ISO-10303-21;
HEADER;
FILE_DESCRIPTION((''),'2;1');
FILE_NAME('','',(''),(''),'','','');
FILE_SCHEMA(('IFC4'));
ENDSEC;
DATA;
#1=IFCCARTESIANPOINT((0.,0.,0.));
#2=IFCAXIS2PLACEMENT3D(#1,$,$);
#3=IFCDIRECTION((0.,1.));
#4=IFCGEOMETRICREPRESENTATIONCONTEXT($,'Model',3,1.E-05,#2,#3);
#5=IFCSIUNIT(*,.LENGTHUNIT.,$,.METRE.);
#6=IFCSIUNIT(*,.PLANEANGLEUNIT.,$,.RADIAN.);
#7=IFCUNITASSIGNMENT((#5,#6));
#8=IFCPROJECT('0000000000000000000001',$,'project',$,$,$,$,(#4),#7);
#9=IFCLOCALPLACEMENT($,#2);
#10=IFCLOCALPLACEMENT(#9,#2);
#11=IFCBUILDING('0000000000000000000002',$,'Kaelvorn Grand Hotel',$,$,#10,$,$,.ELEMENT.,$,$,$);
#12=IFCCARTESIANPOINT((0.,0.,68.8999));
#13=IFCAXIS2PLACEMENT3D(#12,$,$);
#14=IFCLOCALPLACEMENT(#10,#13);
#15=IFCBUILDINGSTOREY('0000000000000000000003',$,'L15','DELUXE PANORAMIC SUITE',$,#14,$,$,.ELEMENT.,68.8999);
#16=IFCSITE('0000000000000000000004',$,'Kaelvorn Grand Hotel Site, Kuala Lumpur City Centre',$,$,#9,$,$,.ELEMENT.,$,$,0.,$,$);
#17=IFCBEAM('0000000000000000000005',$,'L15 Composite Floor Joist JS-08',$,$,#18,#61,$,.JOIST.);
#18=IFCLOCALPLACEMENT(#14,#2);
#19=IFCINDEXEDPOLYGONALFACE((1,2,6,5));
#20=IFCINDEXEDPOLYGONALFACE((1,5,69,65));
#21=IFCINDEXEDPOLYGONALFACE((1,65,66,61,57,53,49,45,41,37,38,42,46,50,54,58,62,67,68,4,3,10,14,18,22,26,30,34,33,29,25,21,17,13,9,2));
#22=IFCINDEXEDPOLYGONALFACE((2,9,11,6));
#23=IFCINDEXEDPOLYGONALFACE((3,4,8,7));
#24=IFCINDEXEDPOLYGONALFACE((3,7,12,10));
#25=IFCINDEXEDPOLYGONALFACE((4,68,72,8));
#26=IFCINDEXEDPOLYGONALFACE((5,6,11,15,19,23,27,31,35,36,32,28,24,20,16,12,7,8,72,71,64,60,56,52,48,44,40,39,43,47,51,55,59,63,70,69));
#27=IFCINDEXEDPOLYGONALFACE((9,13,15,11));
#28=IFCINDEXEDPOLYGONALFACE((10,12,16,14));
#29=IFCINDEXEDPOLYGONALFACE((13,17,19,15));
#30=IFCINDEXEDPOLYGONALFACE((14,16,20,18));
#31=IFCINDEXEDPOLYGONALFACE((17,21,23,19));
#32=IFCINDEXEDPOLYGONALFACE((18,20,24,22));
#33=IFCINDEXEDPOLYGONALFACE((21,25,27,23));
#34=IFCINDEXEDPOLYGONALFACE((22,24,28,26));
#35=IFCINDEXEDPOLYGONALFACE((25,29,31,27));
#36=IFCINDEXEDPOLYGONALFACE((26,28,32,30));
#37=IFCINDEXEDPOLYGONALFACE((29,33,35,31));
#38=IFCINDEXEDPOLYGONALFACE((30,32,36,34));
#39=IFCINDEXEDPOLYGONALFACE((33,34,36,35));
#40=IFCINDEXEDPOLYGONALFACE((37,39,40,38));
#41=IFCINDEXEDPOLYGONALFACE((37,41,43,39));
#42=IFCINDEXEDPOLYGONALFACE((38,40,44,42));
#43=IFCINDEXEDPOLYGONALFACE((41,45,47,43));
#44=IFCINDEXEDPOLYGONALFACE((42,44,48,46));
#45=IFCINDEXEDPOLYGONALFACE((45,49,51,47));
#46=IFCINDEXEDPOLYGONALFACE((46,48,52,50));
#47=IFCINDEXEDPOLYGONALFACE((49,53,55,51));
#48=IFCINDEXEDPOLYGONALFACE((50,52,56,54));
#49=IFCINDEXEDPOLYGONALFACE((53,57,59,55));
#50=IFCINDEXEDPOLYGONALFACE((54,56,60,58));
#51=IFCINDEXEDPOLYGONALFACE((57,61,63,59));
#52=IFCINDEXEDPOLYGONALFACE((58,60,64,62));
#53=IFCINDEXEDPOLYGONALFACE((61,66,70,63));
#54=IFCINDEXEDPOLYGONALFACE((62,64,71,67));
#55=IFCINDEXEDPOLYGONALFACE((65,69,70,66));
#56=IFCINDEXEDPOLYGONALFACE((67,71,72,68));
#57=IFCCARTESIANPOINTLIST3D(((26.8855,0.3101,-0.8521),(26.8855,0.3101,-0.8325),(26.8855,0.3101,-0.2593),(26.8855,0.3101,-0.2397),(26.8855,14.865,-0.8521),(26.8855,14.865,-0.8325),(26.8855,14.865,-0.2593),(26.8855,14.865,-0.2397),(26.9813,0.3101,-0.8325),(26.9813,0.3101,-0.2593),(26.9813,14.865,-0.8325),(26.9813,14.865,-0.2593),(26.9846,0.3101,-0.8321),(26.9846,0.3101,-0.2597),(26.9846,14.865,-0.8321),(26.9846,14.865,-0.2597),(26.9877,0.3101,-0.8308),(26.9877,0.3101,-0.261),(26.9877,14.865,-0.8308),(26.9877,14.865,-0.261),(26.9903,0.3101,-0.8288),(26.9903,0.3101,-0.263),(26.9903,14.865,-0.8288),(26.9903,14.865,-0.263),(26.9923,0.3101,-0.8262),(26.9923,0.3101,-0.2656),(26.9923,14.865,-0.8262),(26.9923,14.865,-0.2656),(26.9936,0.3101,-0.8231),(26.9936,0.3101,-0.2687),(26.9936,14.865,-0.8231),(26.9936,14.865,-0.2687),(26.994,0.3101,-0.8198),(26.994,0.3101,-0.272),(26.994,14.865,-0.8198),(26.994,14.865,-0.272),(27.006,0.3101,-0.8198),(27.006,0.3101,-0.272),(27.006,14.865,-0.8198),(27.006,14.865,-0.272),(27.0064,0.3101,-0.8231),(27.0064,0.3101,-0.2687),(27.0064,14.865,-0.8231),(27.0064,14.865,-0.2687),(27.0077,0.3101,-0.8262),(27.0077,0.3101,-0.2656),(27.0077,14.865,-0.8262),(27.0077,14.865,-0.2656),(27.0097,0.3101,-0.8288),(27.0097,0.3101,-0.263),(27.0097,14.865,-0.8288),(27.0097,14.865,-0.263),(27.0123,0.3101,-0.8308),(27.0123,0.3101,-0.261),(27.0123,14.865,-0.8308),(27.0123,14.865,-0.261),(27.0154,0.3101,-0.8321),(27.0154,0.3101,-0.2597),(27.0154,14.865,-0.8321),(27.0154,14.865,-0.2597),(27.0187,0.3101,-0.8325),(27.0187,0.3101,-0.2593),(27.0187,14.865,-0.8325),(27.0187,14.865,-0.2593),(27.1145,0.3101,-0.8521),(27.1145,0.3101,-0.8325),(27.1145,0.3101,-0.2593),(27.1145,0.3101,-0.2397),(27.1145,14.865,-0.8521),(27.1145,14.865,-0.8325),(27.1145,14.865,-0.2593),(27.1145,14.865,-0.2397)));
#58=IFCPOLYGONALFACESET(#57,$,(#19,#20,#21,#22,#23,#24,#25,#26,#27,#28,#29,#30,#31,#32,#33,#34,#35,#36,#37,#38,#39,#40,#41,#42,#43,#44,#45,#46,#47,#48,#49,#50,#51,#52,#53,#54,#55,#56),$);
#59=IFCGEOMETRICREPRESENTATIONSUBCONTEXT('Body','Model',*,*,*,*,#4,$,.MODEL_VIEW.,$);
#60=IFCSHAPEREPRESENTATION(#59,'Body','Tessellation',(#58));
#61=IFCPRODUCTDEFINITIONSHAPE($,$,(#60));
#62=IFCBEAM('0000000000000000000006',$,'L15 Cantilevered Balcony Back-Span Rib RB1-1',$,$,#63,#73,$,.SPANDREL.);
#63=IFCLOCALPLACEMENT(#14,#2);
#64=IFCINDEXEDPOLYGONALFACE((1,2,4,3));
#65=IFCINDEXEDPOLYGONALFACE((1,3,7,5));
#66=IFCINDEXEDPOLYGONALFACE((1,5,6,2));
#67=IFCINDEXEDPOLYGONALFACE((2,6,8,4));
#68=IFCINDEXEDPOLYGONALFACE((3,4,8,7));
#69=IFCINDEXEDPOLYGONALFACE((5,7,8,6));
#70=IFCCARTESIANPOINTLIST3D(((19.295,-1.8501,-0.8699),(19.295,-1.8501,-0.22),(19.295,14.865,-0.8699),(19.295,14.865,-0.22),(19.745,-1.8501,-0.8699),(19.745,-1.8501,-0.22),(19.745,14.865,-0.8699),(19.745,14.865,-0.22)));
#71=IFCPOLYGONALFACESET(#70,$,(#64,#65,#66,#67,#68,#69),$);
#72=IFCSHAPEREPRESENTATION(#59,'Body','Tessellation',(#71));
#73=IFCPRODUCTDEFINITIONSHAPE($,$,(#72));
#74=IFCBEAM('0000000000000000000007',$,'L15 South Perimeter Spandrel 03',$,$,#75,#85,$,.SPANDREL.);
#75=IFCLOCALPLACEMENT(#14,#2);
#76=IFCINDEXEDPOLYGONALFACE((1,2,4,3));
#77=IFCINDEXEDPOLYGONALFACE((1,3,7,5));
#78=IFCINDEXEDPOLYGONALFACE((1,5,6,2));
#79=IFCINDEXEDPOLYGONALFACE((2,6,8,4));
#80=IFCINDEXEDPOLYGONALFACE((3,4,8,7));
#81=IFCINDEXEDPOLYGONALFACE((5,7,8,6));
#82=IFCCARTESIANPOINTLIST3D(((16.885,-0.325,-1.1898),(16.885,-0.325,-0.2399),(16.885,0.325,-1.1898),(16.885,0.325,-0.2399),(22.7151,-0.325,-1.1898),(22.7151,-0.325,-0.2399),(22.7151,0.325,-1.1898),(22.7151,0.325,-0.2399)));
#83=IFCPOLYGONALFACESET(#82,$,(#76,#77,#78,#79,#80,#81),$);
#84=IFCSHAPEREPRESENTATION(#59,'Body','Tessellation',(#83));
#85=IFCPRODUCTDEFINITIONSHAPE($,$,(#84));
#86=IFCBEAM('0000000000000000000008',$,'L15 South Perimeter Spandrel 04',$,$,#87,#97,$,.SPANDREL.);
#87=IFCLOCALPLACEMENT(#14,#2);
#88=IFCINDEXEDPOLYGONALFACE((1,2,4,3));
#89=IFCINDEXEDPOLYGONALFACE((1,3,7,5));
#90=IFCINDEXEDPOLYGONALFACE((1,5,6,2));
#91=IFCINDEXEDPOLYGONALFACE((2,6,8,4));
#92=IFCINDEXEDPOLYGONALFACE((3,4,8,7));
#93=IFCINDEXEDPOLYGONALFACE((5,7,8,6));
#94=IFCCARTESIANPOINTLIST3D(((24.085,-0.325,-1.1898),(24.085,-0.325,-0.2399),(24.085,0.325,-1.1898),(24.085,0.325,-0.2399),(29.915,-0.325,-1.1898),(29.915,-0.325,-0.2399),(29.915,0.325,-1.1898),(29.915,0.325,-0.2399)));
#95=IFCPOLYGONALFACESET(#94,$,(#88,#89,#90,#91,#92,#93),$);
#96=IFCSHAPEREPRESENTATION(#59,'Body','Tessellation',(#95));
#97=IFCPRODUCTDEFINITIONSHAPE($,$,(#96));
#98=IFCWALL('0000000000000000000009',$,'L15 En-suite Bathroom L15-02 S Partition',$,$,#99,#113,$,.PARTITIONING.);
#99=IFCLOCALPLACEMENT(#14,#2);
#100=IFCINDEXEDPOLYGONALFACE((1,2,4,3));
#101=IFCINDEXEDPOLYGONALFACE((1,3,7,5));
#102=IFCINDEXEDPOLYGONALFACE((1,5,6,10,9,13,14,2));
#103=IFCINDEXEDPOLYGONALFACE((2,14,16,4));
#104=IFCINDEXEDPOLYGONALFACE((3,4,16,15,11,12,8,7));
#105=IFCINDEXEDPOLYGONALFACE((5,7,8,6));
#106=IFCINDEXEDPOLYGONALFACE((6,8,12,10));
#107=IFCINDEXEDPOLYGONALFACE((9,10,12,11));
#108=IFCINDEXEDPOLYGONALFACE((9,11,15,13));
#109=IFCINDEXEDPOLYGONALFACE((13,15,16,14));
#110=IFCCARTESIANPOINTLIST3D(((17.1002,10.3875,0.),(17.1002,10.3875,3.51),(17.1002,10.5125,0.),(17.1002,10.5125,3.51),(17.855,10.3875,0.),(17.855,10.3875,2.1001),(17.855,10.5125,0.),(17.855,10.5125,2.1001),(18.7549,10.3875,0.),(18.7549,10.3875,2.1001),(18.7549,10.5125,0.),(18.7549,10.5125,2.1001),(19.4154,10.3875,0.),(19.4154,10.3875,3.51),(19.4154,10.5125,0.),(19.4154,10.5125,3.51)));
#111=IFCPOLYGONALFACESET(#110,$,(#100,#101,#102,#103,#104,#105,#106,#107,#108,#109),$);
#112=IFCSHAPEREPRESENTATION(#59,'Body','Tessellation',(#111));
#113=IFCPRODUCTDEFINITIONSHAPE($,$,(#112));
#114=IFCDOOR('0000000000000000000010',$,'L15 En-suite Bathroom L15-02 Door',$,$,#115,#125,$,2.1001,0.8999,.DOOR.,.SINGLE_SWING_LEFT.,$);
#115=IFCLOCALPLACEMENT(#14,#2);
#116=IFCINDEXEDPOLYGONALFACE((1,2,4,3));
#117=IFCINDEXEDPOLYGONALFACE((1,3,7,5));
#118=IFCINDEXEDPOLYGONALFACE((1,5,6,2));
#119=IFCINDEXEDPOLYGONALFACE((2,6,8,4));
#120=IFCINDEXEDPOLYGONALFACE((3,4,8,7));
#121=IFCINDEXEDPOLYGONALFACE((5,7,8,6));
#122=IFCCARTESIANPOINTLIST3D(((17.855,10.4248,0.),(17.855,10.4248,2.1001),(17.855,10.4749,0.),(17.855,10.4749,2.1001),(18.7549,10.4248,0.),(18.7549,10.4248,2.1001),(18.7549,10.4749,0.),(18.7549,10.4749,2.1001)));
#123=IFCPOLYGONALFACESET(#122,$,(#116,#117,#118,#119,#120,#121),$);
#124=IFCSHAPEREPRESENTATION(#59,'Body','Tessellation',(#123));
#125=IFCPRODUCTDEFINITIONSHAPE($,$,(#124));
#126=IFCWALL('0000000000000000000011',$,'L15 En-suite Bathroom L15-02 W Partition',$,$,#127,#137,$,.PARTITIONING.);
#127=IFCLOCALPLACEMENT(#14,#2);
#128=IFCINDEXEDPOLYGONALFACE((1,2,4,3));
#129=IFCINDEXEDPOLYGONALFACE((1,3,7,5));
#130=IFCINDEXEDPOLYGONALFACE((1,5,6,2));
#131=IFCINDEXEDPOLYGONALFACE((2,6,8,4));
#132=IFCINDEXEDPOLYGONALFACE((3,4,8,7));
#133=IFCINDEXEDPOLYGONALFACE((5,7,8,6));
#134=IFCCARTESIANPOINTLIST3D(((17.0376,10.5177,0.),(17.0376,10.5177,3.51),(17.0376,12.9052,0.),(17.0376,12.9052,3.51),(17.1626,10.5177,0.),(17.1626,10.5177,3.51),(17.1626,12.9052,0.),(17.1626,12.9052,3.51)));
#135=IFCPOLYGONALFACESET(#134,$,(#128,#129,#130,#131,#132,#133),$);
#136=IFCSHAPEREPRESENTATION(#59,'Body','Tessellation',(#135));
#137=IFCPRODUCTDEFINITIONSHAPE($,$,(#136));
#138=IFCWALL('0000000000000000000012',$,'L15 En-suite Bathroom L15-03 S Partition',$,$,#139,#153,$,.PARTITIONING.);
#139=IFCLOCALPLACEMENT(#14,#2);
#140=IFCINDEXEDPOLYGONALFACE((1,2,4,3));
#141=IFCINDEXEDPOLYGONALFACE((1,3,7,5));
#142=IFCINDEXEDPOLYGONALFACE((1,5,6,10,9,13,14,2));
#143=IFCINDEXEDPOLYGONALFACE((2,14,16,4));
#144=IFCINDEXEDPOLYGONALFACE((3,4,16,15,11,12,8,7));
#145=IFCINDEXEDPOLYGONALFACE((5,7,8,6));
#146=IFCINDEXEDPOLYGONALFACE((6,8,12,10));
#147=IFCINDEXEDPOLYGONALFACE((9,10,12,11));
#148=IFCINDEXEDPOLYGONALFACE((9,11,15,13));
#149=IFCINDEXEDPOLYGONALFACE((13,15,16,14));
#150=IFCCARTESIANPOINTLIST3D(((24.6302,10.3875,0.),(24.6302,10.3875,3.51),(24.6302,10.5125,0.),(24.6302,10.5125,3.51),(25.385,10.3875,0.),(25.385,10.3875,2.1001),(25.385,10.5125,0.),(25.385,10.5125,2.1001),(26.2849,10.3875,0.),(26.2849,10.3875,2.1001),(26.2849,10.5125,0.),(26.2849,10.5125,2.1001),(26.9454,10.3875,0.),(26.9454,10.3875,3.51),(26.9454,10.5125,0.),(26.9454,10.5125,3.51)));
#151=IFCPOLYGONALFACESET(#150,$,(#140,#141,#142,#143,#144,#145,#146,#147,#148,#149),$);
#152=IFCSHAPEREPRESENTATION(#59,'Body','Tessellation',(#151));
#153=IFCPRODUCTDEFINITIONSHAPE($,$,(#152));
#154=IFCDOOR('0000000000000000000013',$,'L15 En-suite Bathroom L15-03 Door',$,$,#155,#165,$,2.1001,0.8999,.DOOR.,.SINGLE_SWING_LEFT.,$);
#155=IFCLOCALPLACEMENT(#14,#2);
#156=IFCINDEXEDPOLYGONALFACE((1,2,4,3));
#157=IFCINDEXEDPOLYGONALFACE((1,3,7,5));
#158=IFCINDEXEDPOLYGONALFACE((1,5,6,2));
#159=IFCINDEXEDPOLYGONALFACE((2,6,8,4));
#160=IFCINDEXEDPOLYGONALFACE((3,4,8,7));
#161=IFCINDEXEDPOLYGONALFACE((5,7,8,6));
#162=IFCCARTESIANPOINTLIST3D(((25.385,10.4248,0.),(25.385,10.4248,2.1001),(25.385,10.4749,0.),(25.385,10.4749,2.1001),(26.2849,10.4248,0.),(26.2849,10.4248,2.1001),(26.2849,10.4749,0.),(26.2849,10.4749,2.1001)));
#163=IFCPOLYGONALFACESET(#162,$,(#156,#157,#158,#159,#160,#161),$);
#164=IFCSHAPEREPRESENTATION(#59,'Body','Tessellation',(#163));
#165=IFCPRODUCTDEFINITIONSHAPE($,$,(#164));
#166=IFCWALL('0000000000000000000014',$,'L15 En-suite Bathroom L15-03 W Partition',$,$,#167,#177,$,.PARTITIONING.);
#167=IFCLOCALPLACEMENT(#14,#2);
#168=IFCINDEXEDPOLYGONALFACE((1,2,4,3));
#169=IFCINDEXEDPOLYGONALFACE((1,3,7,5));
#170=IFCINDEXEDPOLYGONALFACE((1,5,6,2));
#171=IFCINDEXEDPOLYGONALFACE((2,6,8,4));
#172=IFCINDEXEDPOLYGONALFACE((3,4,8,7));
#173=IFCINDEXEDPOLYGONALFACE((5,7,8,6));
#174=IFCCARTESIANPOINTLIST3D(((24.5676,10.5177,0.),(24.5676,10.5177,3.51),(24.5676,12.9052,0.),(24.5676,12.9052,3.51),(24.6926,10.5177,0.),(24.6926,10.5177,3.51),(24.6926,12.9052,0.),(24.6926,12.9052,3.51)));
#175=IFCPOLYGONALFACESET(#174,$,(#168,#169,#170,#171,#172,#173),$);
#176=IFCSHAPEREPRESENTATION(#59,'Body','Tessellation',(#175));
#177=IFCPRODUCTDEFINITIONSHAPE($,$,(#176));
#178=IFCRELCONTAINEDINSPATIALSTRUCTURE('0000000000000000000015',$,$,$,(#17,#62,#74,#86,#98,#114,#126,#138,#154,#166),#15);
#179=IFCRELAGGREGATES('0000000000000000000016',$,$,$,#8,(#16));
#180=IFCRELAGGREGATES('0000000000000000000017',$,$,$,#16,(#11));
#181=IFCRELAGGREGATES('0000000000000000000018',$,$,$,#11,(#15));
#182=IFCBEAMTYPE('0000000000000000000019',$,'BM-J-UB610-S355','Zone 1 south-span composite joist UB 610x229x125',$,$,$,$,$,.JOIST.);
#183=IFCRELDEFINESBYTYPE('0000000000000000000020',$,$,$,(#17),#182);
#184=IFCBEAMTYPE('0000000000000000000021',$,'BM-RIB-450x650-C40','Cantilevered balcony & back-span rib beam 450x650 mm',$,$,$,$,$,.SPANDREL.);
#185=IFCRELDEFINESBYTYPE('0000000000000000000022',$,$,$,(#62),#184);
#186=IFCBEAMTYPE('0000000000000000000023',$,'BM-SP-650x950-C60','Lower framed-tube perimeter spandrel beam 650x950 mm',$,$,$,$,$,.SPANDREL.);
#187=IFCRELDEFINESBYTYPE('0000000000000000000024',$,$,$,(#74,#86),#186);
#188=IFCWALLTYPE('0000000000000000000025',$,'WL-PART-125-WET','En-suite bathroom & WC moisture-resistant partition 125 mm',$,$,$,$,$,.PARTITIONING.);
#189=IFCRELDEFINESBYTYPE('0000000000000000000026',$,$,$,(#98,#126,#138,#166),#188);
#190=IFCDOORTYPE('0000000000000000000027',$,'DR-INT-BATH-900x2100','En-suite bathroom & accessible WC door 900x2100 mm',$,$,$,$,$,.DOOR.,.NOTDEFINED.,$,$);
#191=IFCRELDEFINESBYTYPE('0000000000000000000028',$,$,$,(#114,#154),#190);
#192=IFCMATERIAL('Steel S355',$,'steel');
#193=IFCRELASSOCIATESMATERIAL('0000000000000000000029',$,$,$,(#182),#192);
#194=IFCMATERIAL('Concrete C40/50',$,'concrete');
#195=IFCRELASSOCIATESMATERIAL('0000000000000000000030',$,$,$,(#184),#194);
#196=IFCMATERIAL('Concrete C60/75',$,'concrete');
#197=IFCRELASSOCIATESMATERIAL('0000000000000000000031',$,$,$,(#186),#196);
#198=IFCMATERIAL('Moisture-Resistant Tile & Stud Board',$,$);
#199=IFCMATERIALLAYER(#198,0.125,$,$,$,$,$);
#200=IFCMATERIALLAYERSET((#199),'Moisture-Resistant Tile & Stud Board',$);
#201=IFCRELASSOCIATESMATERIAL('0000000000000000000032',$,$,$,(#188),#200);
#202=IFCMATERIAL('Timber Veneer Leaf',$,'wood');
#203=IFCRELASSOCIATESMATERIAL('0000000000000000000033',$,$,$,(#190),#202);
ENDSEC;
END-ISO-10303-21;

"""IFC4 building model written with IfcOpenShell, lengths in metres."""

from ifc_helpers import new_model, si_unit, direction, frame, frame_2d, origin, origin_2d, place, context, subcontext, project, spatial, rectangle, i_section, extrude, material, layer, layer_set, material_profile, profile_set, type_object, element, fill, save


model = new_model("IFC4")

# Units and contexts
model_context = context("Model", 3, precision=1e-05, world=origin(), true_north=direction((0.0, 1.0)))
body_context = subcontext(model_context, "Body", "Model", "MODEL_VIEW")
ifc_project = project(units=[si_unit("LENGTHUNIT", "METRE"), si_unit("PLANEANGLEUNIT", "RADIAN")], contexts=[model_context])

# Site, building, storey
site_placement = place(None, origin())
site = spatial("IfcSite", under=ifc_project, at=site_placement, Name="Kaelvorn Grand Hotel Site, Kuala Lumpur City Centre", CompositionType="ELEMENT", RefElevation=0.0)
building_placement = place(site_placement, origin())
building = spatial("IfcBuilding", under=site, at=building_placement, Name="Kaelvorn Grand Hotel", CompositionType="ELEMENT")
storey_placement = place(building_placement, frame((0.0, 0.0, 68.8999)))
storey = spatial("IfcBuildingStorey", under=building, at=storey_placement, Name="L15", Description="DELUXE PANORAMIC SUITE", CompositionType="ELEMENT", Elevation=68.8999)

# Beams
ifc_material_1 = material(Name="Steel S355", Category="steel")
ifc_material_profile_1 = material_profile(ifc_material_1, i_section(OverallWidth=0.229, OverallDepth=0.6123, WebThickness=0.012, FlangeThickness=0.0195, FilletRadius=0.0127, at=origin_2d()), Name="UB 610x229x125")
ifc_profile_set_1 = profile_set([ifc_material_profile_1], Name="Steel S355")
beam_type_1 = type_object("IfcBeamType", Name="BM-J-UB610-S355", Description="Zone 1 south-span composite joist UB 610x229x125", PredefinedType="JOIST", material=ifc_profile_set_1)
beam_1_placement = place(storey_placement, frame((27.0, 0.3101, -0.5459), z_axis=(0.0, 1.0, 0.0), x_axis=(-1.0, 0.0, 0.0)))
element("IfcBeam", 1, at=beam_1_placement, inside=storey, type_object=beam_type_1, Name="L15 Composite Floor Joist JS-08", PredefinedType="JOIST", context=body_context, shape_type="SweptSolid", body=[
    extrude(i_section(OverallWidth=0.229, OverallDepth=0.6123, WebThickness=0.012, FlangeThickness=0.0195, FilletRadius=0.0127, at=origin_2d()), origin(), (0.0, 0.0, 1.0), 14.5549),
])
ifc_material_2 = material(Name="Concrete C40/50", Category="concrete")
ifc_material_profile_2 = material_profile(ifc_material_2, rectangle(XDim=0.45, YDim=0.6499, at=origin_2d()), Name="RC RIB 450x650")
ifc_profile_set_2 = profile_set([ifc_material_profile_2], Name="Concrete C40/50")
beam_type_2 = type_object("IfcBeamType", Name="BM-RIB-450x650-C40", Description="Cantilevered balcony & back-span rib beam 450x650 mm", PredefinedType="SPANDREL", material=ifc_profile_set_2)
beam_2_placement = place(storey_placement, frame((19.52, -1.8501, -0.5449), z_axis=(0.0, 1.0, 0.0), x_axis=(-1.0, 0.0, 0.0)))
element("IfcBeam", 2, at=beam_2_placement, inside=storey, type_object=beam_type_2, Name="L15 Cantilevered Balcony Back-Span Rib RB1-1", PredefinedType="SPANDREL", context=body_context, shape_type="SweptSolid", body=[
    extrude(rectangle(XDim=0.45, YDim=0.6499, at=origin_2d()), origin(), (0.0, 0.0, 1.0), 16.7151),
])
ifc_material_3 = material(Name="Concrete C60/75", Category="concrete")
ifc_material_profile_3 = material_profile(ifc_material_3, rectangle(XDim=0.6499, YDim=0.95, at=origin_2d()), Name="RC SPANDREL 650x950")
ifc_profile_set_3 = profile_set([ifc_material_profile_3], Name="Concrete C60/75")
beam_type_3 = type_object("IfcBeamType", Name="BM-SP-650x950-C60", Description="Lower framed-tube perimeter spandrel beam 650x950 mm", PredefinedType="SPANDREL", material=ifc_profile_set_3)
for number, where, z_axis, x_axis, name in (
    (3, (16.885, 0.0, -0.7148), (1.0, 0.0, 0.0), (0.0, 1.0, 0.0), "L15 South Perimeter Spandrel 03"),
    (4, (24.085, 0.0, -0.7148), (1.0, 0.0, 0.0), (0.0, 1.0, 0.0), "L15 South Perimeter Spandrel 04"),
):
    element("IfcBeam", number, at=place(storey_placement, frame(where, z_axis=z_axis, x_axis=x_axis)), inside=storey, type_object=beam_type_3, Name=name, PredefinedType="SPANDREL", context=body_context, shape_type="SweptSolid", body=[
        extrude(rectangle(XDim=0.6499, YDim=0.95, at=origin_2d()), origin(), (0.0, 0.0, 1.0), 5.8301),
    ])

# Wall, opening, door
ifc_material_4 = material(Name="Moisture-Resistant Tile & Stud Board")
ifc_layer_1 = layer(ifc_material_4, 0.125)
ifc_layer_set_1 = layer_set([ifc_layer_1], Name="Moisture-Resistant Tile & Stud Board")
wall_type_1 = type_object("IfcWallType", Name="WL-PART-125-WET", Description="En-suite bathroom & WC moisture-resistant partition 125 mm", PredefinedType="PARTITIONING", material=ifc_layer_set_1)
wall_1_placement = place(storey_placement, frame((17.1001, 10.45, 0.0), z_axis=(0.0, 0.0, 1.0), x_axis=(1.0, 0.0, 0.0)))
wall_1 = element("IfcWall", 5, at=wall_1_placement, inside=storey, type_object=wall_type_1, Name="L15 En-suite Bathroom L15-02 S Partition", PredefinedType="PARTITIONING", context=body_context, shape_type="SweptSolid", body=[
    extrude(rectangle(XDim=2.3152, YDim=0.125, at=frame_2d((1.1577, 0.0))), origin(), (0.0, 0.0, 1.0), 3.51),
])
opening_1_placement = place(wall_1_placement, frame((0.7549, 0.0, 0.0)))
opening_1 = element("IfcOpeningElement", 6, at=opening_1_placement, cuts=wall_1, PredefinedType="OPENING", context=body_context, shape_type="SweptSolid", body=[
    extrude(rectangle(XDim=0.8999, YDim=2.1001, at=frame_2d((0.45, 1.05))), frame((0.0, 0.0725, 0.0), z_axis=(0.0, -1.0, 0.0), x_axis=(1.0, 0.0, 0.0)), (0.0, 0.0, 1.0), 0.145),
])
ifc_material_5 = material(Name="Timber Veneer Leaf", Category="wood")
door_type_1 = type_object("IfcDoorType", Name="DR-INT-BATH-900x2100", Description="En-suite bathroom & accessible WC door 900x2100 mm", OperationType="NOTDEFINED", PredefinedType="DOOR", material=ifc_material_5)
door_1_placement = place(opening_1_placement, origin())
door_1 = element("IfcDoor", 7, at=door_1_placement, inside=storey, type_object=door_type_1, Name="L15 En-suite Bathroom L15-02 Door", OperationType="SINGLE_SWING_LEFT", OverallHeight=2.1001, OverallWidth=0.8999, PredefinedType="DOOR", context=body_context, shape_type="SweptSolid", body=[
    extrude(rectangle(XDim=0.8999, YDim=2.1001, at=frame_2d((0.45, 1.05))), frame((0.0, 0.0249, 0.0), z_axis=(0.0, -1.0, 0.0), x_axis=(1.0, 0.0, 0.0)), (0.0, 0.0, 1.0), 0.05),
])
fill(opening_1, door_1)

# Wall
wall_2_placement = place(storey_placement, frame((17.1001, 10.5176, 0.0), z_axis=(0.0, 0.0, 1.0), x_axis=(0.0, 1.0, 0.0)))
element("IfcWall", 8, at=wall_2_placement, inside=storey, type_object=wall_type_1, Name="L15 En-suite Bathroom L15-02 W Partition", PredefinedType="PARTITIONING", context=body_context, shape_type="SweptSolid", body=[
    extrude(rectangle(XDim=2.3875, YDim=0.125, at=frame_2d((1.1938, 0.0))), origin(), (0.0, 0.0, 1.0), 3.51),
])

# Wall, opening, door
wall_3_placement = place(storey_placement, frame((24.6301, 10.45, 0.0), z_axis=(0.0, 0.0, 1.0), x_axis=(1.0, 0.0, 0.0)))
wall_3 = element("IfcWall", 9, at=wall_3_placement, inside=storey, type_object=wall_type_1, Name="L15 En-suite Bathroom L15-03 S Partition", PredefinedType="PARTITIONING", context=body_context, shape_type="SweptSolid", body=[
    extrude(rectangle(XDim=2.3152, YDim=0.125, at=frame_2d((1.1577, 0.0))), origin(), (0.0, 0.0, 1.0), 3.51),
])
opening_2_placement = place(wall_3_placement, frame((0.7549, 0.0, 0.0)))
opening_2 = element("IfcOpeningElement", 10, at=opening_2_placement, cuts=wall_3, PredefinedType="OPENING", context=body_context, shape_type="SweptSolid", body=[
    extrude(rectangle(XDim=0.8999, YDim=2.1001, at=frame_2d((0.45, 1.05))), frame((0.0, 0.0725, 0.0), z_axis=(0.0, -1.0, 0.0), x_axis=(1.0, 0.0, 0.0)), (0.0, 0.0, 1.0), 0.145),
])
door_2_placement = place(opening_2_placement, origin())
door_2 = element("IfcDoor", 11, at=door_2_placement, inside=storey, type_object=door_type_1, Name="L15 En-suite Bathroom L15-03 Door", OperationType="SINGLE_SWING_LEFT", OverallHeight=2.1001, OverallWidth=0.8999, PredefinedType="DOOR", context=body_context, shape_type="SweptSolid", body=[
    extrude(rectangle(XDim=0.8999, YDim=2.1001, at=frame_2d((0.45, 1.05))), frame((0.0, 0.0249, 0.0), z_axis=(0.0, -1.0, 0.0), x_axis=(1.0, 0.0, 0.0)), (0.0, 0.0, 1.0), 0.05),
])
fill(opening_2, door_2)

# Wall
wall_4_placement = place(storey_placement, frame((24.6301, 10.5176, 0.0), z_axis=(0.0, 0.0, 1.0), x_axis=(0.0, 1.0, 0.0)))
element("IfcWall", 12, at=wall_4_placement, inside=storey, type_object=wall_type_1, Name="L15 En-suite Bathroom L15-03 W Partition", PredefinedType="PARTITIONING", context=body_context, shape_type="SweptSolid", body=[
    extrude(rectangle(XDim=2.3875, YDim=0.125, at=frame_2d((1.1938, 0.0))), origin(), (0.0, 0.0, 1.0), 3.51),
])

save(model, "model.ifc")
